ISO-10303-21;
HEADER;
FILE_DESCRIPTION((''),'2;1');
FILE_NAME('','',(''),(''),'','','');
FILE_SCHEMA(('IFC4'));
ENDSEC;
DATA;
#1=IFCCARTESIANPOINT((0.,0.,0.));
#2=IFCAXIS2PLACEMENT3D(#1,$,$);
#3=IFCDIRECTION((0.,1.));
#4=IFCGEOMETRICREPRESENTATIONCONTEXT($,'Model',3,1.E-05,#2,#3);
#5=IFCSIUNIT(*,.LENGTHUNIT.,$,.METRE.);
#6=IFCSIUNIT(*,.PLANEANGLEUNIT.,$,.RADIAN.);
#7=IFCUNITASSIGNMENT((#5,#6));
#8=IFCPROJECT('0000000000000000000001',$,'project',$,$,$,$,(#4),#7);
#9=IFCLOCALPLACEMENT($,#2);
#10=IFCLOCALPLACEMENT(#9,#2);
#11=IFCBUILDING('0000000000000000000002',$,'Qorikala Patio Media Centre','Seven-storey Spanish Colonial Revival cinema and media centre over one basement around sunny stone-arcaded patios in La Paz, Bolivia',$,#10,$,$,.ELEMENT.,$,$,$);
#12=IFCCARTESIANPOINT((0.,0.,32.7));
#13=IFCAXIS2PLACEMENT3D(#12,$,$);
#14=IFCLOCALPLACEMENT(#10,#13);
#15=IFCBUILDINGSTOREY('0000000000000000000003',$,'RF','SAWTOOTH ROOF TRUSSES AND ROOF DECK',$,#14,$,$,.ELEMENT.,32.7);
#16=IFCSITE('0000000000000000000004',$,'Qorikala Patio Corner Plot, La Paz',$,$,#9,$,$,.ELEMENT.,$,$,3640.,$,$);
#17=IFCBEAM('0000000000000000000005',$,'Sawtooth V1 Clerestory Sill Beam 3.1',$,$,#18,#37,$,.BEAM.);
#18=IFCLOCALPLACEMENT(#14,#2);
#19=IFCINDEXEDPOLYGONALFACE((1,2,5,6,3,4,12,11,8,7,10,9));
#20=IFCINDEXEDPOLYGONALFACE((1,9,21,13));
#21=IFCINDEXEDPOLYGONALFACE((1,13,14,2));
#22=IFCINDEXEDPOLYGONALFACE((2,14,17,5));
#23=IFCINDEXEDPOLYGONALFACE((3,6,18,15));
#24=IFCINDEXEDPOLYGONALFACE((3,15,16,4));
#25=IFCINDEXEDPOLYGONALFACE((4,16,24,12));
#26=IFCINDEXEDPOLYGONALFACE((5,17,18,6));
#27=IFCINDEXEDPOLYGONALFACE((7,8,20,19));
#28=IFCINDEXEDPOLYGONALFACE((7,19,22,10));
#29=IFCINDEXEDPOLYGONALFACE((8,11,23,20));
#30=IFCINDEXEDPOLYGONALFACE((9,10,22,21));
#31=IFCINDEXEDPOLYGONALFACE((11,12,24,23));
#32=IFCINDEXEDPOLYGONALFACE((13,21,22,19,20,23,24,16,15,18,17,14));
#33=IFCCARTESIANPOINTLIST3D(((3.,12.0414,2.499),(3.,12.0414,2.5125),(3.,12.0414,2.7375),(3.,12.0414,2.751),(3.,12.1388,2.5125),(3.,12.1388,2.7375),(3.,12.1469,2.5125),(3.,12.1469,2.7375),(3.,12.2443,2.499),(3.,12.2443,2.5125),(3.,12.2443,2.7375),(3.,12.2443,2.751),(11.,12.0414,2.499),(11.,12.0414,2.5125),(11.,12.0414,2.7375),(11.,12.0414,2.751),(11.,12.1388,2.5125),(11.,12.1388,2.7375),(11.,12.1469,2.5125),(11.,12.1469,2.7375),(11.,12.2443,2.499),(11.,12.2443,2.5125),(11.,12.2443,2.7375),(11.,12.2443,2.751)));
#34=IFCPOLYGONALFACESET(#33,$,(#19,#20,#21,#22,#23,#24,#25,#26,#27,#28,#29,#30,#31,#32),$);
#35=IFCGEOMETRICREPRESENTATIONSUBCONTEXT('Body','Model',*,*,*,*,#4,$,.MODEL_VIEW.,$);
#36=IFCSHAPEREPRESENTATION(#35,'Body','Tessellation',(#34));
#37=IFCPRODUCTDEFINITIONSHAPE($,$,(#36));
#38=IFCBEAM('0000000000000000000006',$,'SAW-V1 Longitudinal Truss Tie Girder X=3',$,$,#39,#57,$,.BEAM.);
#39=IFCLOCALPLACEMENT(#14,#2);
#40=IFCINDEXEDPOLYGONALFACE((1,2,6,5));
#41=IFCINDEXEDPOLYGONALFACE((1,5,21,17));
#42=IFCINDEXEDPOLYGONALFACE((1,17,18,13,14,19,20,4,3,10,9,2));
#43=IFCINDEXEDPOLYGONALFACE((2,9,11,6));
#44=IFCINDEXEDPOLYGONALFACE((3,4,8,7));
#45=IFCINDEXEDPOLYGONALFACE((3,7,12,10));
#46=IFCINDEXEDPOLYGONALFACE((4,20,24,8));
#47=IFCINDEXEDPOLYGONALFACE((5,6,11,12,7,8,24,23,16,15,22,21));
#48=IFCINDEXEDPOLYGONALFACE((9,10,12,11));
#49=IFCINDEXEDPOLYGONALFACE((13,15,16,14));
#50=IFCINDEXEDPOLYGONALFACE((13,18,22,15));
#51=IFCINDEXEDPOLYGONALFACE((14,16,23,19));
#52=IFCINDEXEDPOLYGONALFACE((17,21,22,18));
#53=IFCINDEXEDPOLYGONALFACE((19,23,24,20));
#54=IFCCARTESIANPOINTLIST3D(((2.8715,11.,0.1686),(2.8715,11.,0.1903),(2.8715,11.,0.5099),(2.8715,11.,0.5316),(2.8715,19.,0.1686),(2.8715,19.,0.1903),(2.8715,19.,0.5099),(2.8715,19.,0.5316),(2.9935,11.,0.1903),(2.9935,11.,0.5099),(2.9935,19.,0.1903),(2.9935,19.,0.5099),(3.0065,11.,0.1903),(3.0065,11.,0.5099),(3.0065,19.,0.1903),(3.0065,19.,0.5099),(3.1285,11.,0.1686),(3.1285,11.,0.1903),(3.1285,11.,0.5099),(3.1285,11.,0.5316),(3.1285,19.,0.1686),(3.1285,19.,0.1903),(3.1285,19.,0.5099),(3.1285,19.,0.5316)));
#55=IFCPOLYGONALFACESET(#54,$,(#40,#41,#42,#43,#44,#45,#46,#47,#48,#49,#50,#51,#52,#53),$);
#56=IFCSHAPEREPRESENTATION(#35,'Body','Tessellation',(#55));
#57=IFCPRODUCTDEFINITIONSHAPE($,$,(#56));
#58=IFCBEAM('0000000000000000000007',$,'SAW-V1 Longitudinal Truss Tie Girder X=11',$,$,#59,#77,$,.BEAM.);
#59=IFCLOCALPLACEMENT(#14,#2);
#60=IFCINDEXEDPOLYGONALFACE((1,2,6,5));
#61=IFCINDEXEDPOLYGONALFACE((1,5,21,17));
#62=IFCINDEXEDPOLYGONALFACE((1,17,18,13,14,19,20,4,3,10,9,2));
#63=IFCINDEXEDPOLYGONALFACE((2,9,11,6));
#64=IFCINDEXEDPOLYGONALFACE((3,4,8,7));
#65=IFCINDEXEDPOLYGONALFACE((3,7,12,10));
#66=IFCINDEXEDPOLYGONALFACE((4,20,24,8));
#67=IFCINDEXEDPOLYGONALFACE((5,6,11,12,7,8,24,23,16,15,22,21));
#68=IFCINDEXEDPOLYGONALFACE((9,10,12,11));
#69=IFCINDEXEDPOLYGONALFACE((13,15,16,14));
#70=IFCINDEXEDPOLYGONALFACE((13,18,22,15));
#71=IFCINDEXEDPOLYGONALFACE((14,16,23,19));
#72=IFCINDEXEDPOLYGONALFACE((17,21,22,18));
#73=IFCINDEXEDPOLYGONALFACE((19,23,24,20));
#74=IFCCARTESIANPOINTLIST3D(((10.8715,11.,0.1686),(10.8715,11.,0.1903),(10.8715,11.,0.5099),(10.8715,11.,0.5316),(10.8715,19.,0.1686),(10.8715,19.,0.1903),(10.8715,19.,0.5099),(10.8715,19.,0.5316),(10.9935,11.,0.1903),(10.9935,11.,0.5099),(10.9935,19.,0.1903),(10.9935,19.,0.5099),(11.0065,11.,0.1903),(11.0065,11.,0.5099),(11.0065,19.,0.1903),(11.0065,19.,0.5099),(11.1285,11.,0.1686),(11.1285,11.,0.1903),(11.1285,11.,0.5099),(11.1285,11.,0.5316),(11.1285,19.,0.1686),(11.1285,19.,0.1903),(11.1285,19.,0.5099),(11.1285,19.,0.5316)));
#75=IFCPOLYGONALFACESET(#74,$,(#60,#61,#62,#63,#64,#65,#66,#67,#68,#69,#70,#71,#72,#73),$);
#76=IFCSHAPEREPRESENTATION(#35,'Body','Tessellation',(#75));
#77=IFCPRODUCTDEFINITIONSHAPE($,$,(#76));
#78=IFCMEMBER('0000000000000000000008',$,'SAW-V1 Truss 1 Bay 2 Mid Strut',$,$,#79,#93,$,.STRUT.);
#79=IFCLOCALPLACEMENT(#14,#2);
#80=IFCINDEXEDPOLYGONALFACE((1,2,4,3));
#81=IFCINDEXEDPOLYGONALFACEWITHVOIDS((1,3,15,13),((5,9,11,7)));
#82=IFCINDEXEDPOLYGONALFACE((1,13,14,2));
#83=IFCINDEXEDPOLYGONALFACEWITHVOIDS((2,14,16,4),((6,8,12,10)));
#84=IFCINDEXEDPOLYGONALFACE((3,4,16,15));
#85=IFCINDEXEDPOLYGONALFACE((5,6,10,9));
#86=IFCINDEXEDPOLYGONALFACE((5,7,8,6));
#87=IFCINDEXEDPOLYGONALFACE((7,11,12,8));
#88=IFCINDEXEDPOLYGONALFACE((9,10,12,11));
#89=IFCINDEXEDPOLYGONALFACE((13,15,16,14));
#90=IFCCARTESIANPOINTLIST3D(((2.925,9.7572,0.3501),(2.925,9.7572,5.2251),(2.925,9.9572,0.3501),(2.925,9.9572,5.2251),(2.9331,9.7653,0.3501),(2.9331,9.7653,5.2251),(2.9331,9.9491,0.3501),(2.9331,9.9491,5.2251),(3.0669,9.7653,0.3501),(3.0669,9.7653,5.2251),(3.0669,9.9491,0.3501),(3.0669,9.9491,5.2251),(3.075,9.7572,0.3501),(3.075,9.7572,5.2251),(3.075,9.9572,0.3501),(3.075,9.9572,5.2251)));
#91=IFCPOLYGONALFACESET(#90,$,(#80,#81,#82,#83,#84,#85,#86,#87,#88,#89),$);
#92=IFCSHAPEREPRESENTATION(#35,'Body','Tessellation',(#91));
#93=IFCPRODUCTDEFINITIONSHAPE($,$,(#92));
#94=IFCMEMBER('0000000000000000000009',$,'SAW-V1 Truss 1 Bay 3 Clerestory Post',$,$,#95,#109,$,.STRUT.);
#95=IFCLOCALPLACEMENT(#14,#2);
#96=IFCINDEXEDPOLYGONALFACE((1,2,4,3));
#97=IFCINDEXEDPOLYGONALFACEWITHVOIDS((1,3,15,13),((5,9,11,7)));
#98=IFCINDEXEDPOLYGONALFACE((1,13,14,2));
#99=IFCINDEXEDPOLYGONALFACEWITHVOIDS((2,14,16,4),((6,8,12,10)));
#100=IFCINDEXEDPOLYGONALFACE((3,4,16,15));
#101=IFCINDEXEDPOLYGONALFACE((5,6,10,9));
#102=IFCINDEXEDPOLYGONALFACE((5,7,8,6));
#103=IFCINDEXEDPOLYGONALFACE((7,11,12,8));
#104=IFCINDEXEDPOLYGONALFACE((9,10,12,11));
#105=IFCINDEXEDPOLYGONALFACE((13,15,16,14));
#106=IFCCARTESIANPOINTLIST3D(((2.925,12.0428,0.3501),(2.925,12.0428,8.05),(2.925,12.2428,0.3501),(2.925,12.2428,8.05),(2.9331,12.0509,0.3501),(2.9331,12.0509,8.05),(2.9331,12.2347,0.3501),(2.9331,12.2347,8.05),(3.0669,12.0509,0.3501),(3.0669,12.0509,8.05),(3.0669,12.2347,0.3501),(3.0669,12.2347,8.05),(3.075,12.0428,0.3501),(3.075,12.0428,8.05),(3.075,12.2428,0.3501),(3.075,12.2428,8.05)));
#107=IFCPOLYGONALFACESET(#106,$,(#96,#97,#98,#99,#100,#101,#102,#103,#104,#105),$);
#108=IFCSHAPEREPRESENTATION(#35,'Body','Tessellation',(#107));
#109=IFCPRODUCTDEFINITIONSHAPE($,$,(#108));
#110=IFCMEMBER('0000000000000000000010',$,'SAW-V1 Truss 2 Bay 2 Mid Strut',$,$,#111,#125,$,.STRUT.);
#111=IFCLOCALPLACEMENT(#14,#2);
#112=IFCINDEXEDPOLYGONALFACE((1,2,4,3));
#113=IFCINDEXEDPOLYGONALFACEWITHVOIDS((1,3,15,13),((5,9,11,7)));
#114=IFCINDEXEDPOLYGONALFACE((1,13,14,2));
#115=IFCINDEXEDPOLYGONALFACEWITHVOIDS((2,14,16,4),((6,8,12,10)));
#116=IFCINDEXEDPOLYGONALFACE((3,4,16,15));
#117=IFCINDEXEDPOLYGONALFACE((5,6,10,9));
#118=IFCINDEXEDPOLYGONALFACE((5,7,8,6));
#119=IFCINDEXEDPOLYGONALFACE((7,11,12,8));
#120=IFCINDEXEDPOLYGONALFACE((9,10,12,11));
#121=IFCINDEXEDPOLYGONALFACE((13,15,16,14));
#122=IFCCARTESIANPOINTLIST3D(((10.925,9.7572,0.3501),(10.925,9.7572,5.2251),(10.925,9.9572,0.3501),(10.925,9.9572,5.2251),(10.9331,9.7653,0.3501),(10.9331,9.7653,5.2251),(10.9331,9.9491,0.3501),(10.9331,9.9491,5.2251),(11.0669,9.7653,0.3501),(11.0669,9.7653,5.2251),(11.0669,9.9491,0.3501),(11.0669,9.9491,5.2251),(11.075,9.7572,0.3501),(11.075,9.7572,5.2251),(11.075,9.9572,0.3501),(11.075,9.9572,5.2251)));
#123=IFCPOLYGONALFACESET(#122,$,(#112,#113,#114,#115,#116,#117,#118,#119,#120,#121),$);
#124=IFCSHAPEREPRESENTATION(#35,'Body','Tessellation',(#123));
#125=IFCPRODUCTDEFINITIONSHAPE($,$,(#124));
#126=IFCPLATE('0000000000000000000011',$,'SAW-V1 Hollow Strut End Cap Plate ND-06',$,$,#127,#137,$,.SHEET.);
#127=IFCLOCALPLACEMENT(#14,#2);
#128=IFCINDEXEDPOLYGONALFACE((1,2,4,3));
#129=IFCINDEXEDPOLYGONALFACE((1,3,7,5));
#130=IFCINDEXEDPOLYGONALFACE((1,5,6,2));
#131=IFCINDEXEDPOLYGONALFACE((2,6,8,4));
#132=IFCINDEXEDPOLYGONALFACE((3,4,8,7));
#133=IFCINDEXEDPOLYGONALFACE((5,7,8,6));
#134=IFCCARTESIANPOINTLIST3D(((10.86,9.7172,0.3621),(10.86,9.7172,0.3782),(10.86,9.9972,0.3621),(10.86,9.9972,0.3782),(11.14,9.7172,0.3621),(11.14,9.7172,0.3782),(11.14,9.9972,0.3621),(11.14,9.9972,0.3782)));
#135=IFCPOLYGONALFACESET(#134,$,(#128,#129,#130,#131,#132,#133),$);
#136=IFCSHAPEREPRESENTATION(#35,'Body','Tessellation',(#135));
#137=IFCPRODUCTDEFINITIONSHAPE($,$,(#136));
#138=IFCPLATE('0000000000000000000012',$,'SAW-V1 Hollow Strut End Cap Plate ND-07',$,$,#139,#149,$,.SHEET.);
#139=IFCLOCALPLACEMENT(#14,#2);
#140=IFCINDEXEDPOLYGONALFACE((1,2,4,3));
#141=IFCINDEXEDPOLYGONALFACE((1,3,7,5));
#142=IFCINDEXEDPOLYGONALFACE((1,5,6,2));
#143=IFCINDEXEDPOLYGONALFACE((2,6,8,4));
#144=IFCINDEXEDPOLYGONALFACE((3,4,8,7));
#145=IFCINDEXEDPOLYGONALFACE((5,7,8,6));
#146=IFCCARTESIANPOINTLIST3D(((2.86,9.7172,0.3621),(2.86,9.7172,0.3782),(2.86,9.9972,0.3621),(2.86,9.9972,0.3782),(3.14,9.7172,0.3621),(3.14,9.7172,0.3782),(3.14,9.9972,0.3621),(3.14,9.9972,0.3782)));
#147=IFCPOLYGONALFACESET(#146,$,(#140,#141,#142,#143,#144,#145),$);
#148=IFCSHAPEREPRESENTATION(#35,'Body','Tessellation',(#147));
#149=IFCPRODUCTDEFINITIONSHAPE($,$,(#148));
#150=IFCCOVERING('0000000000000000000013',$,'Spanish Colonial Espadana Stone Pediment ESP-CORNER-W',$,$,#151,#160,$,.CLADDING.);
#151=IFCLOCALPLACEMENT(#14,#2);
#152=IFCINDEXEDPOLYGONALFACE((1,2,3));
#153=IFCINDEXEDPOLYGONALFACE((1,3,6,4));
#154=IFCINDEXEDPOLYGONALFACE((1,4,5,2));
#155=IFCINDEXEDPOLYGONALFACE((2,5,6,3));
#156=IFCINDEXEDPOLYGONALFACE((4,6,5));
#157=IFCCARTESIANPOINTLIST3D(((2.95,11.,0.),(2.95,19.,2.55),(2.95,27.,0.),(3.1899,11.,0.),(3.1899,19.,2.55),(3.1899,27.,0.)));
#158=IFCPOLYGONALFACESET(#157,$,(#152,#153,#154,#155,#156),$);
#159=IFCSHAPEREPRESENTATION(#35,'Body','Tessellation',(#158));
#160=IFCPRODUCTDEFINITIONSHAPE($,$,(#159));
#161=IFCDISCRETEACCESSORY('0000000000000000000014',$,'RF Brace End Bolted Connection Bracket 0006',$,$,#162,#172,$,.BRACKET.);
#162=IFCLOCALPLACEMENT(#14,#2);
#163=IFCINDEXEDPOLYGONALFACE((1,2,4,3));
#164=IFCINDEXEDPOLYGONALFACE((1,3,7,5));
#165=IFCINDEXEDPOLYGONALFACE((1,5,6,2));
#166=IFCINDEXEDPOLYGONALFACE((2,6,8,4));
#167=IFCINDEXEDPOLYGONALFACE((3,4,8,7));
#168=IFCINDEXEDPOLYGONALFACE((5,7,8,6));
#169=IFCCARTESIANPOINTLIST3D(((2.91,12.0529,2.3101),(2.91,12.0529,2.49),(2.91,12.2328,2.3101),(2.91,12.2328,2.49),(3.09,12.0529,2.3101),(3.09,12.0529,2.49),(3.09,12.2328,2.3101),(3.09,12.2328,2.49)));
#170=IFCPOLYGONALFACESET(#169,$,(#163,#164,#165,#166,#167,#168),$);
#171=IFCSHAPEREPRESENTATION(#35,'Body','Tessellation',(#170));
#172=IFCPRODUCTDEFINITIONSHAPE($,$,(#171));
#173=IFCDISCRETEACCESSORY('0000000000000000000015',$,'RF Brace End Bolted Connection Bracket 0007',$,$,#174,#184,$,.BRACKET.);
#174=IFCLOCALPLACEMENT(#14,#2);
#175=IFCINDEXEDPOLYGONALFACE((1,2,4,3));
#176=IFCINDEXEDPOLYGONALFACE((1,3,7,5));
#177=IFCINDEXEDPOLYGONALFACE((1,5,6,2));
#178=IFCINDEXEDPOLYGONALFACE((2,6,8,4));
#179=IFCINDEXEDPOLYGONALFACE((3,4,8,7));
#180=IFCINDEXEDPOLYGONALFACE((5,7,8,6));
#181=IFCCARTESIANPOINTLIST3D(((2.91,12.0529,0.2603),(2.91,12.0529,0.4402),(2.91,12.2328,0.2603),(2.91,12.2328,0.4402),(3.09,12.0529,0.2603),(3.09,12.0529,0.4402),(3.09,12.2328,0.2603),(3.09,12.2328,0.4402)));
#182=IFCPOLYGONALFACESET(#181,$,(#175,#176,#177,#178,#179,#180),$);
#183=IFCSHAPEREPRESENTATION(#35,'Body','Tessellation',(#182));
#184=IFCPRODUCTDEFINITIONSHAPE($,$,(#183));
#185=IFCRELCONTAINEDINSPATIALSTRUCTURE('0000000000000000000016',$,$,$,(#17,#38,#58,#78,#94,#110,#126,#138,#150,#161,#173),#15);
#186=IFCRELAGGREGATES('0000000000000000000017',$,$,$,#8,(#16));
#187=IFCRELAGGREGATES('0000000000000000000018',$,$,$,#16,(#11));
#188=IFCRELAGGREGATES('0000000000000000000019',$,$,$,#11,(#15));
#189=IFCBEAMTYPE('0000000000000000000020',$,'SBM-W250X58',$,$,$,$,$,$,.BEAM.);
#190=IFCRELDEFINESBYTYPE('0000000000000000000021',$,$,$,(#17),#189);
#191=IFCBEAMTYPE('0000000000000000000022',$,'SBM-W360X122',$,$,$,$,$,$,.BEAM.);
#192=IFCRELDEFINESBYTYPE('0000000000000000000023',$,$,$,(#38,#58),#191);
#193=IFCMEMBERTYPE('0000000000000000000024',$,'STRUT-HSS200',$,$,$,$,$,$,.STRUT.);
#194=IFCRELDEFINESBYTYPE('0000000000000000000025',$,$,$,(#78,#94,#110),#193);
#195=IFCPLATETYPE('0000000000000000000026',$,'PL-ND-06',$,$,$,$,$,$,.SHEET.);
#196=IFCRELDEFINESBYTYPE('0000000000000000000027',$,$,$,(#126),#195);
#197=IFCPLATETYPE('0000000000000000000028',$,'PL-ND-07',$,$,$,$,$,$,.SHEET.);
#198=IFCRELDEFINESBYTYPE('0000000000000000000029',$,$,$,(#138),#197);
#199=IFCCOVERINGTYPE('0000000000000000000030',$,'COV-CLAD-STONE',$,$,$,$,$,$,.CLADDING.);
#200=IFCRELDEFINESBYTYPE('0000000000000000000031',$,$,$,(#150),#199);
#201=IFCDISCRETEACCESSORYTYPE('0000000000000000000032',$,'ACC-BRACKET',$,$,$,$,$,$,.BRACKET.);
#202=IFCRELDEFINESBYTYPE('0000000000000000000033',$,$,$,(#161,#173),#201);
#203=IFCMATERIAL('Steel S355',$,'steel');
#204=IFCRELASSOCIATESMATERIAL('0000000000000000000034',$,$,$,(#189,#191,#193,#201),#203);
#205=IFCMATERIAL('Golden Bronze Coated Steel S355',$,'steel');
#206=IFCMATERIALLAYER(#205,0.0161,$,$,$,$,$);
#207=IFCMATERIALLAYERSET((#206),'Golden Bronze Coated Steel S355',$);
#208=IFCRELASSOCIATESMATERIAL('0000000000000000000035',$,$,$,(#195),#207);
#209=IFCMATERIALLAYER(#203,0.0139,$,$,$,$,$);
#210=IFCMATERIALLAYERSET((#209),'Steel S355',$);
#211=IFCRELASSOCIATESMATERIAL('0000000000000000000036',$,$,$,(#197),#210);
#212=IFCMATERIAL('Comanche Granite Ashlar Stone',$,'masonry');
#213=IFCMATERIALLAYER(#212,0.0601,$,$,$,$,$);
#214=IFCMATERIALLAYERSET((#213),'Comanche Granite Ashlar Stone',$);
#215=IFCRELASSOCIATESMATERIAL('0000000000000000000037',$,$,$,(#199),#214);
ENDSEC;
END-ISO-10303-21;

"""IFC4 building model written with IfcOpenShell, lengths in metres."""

from ifc_helpers import new_model, si_unit, direction, frame, origin, origin_2d, place, context, subcontext, project, spatial, polyline, rectangle, hollow_rectangle, i_section, outline, extrude, material, layer, layer_set, material_profile, profile_set, type_object, element, save


model = new_model("IFC4")

# Units and contexts
model_context = context("Model", 3, precision=1e-05, world=origin(), true_north=direction((0.0, 1.0)))
body_context = subcontext(model_context, "Body", "Model", "MODEL_VIEW")
ifc_project = project(units=[si_unit("LENGTHUNIT", "METRE"), si_unit("PLANEANGLEUNIT", "RADIAN")], contexts=[model_context])

# Site, building, storey
site_placement = place(None, origin())
site = spatial("IfcSite", under=ifc_project, at=site_placement, Name="Qorikala Patio Corner Plot, La Paz", CompositionType="ELEMENT", RefElevation=3640.0)
building_placement = place(site_placement, origin())
building = spatial("IfcBuilding", under=site, at=building_placement, Name="Qorikala Patio Media Centre", Description="Seven-storey Spanish Colonial Revival cinema and media centre over one basement around sunny stone-arcaded patios in La Paz, Bolivia", CompositionType="ELEMENT")
storey_placement = place(building_placement, frame((0.0, 0.0, 32.7)))
storey = spatial("IfcBuildingStorey", under=building, at=storey_placement, Name="RF", Description="SAWTOOTH ROOF TRUSSES AND ROOF DECK", CompositionType="ELEMENT", Elevation=32.7)

# Shared definitions
ifc_material_1 = material(Name="Steel S355", Category="steel")

# Beams
ifc_material_profile_1 = material_profile(ifc_material_1, i_section(OverallWidth=0.2029, OverallDepth=0.252, WebThickness=0.0081, FlangeThickness=0.0134, at=origin_2d()), Name="W250X58")
ifc_profile_set_1 = profile_set([ifc_material_profile_1], Name="Steel S355")
beam_type_1 = type_object("IfcBeamType", Name="SBM-W250X58", PredefinedType="BEAM", material=ifc_profile_set_1)
for number, where, z_axis, x_axis, name in (
    (1, (3.0, 12.1428, 2.625), (1.0, 0.0, 0.0), (0.0, 1.0, 0.0), "Sawtooth V1 Clerestory Sill Beam 3.1"),
):
    element("IfcBeam", number, at=place(storey_placement, frame(where, z_axis=z_axis, x_axis=x_axis)), inside=storey, type_object=beam_type_1, Name=name, PredefinedType="BEAM", context=body_context, shape_type="SweptSolid", body=[
        extrude(i_section(OverallWidth=0.2029, OverallDepth=0.252, WebThickness=0.0081, FlangeThickness=0.0134, at=origin_2d()), origin(), (0.0, 0.0, 1.0), 8.0),
    ])
ifc_material_profile_2 = material_profile(ifc_material_1, i_section(OverallWidth=0.2571, OverallDepth=0.363, WebThickness=0.0129, FlangeThickness=0.0217, at=origin_2d()), Name="W360X122")
ifc_profile_set_2 = profile_set([ifc_material_profile_2], Name="Steel S355")
beam_type_2 = type_object("IfcBeamType", Name="SBM-W360X122", PredefinedType="BEAM", material=ifc_profile_set_2)
for number, where, z_axis, x_axis, name in (
    (2, (3.0, 11.0, 0.3501), (0.0, 1.0, 0.0), (-1.0, 0.0, 0.0), "SAW-V1 Longitudinal Truss Tie Girder X=3"),
    (3, (11.0, 11.0, 0.3501), (0.0, 1.0, 0.0), (-1.0, 0.0, 0.0), "SAW-V1 Longitudinal Truss Tie Girder X=11"),
):
    element("IfcBeam", number, at=place(storey_placement, frame(where, z_axis=z_axis, x_axis=x_axis)), inside=storey, type_object=beam_type_2, Name=name, PredefinedType="BEAM", context=body_context, shape_type="SweptSolid", body=[
        extrude(i_section(OverallWidth=0.2571, OverallDepth=0.363, WebThickness=0.0129, FlangeThickness=0.0217, at=origin_2d()), origin(), (0.0, 0.0, 1.0), 8.0),
    ])

# Members
ifc_material_profile_3 = material_profile(ifc_material_1, hollow_rectangle(XDim=0.1499, YDim=0.2, WallThickness=0.0081, at=origin_2d()), Name="HSS200X150X8")
ifc_profile_set_3 = profile_set([ifc_material_profile_3], Name="Steel S355")
member_type_1 = type_object("IfcMemberType", Name="STRUT-HSS200", PredefinedType="STRUT", material=ifc_profile_set_3)
member_1_placement = place(storey_placement, frame((3.0, 9.8572, 0.3501), z_axis=(0.0, 0.0, 1.0), x_axis=(1.0, 0.0, 0.0)))
element("IfcMember", 4, at=member_1_placement, inside=storey, type_object=member_type_1, Name="SAW-V1 Truss 1 Bay 2 Mid Strut", PredefinedType="STRUT", context=body_context, shape_type="SweptSolid", body=[
    extrude(hollow_rectangle(XDim=0.1499, YDim=0.2, WallThickness=0.0081, at=origin_2d()), origin(), (0.0, 0.0, 1.0), 4.875),
])
member_2_placement = place(storey_placement, frame((3.0, 12.1428, 0.3501), z_axis=(0.0, 0.0, 1.0), x_axis=(1.0, 0.0, 0.0)))
element("IfcMember", 5, at=member_2_placement, inside=storey, type_object=member_type_1, Name="SAW-V1 Truss 1 Bay 3 Clerestory Post", PredefinedType="STRUT", context=body_context, shape_type="SweptSolid", body=[
    extrude(hollow_rectangle(XDim=0.1499, YDim=0.2, WallThickness=0.0081, at=origin_2d()), origin(), (0.0, 0.0, 1.0), 7.7),
])
member_3_placement = place(storey_placement, frame((11.0, 9.8572, 0.3501), z_axis=(0.0, 0.0, 1.0), x_axis=(1.0, 0.0, 0.0)))
element("IfcMember", 6, at=member_3_placement, inside=storey, type_object=member_type_1, Name="SAW-V1 Truss 2 Bay 2 Mid Strut", PredefinedType="STRUT", context=body_context, shape_type="SweptSolid", body=[
    extrude(hollow_rectangle(XDim=0.1499, YDim=0.2, WallThickness=0.0081, at=origin_2d()), origin(), (0.0, 0.0, 1.0), 4.875),
])

# Plates
ifc_material_2 = material(Name="Golden Bronze Coated Steel S355", Category="steel")
ifc_layer_1 = layer(ifc_material_2, 0.0161)
ifc_layer_set_1 = layer_set([ifc_layer_1], Name="Golden Bronze Coated Steel S355")
plate_type_1 = type_object("IfcPlateType", Name="PL-ND-06", PredefinedType="SHEET", material=ifc_layer_set_1)
plate_1_placement = place(storey_placement, frame((11.0, 9.8572, 0.3621), z_axis=(0.0, 0.0, 1.0), x_axis=(1.0, 0.0, 0.0)))
element("IfcPlate", 7, at=plate_1_placement, inside=storey, type_object=plate_type_1, Name="SAW-V1 Hollow Strut End Cap Plate ND-06", PredefinedType="SHEET", context=body_context, shape_type="SweptSolid", body=[
    extrude(rectangle(XDim=0.28, YDim=0.28, at=origin_2d()), origin(), (0.0, 0.0, 1.0), 0.0161),
])
ifc_layer_2 = layer(ifc_material_1, 0.0139)
ifc_layer_set_2 = layer_set([ifc_layer_2], Name="Steel S355")
plate_type_2 = type_object("IfcPlateType", Name="PL-ND-07", PredefinedType="SHEET", material=ifc_layer_set_2)
plate_2_placement = place(storey_placement, frame((3.0, 9.8572, 0.3621), z_axis=(0.0, 0.0, 1.0), x_axis=(1.0, 0.0, 0.0)))
element("IfcPlate", 8, at=plate_2_placement, inside=storey, type_object=plate_type_2, Name="SAW-V1 Hollow Strut End Cap Plate ND-07", PredefinedType="SHEET", context=body_context, shape_type="SweptSolid", body=[
    extrude(rectangle(XDim=0.28, YDim=0.28, at=origin_2d()), origin(), (0.0, 0.0, 1.0), 0.0161),
])

# Covering
ifc_material_3 = material(Name="Comanche Granite Ashlar Stone", Category="masonry")
ifc_layer_3 = layer(ifc_material_3, 0.0601)
ifc_layer_set_3 = layer_set([ifc_layer_3], Name="Comanche Granite Ashlar Stone")
covering_type = type_object("IfcCoveringType", Name="COV-CLAD-STONE", PredefinedType="CLADDING", material=ifc_layer_set_3)
covering_placement = place(storey_placement, frame((3.1899, 11.0, 0.0), z_axis=(1.0, 0.0, 0.0), x_axis=(0.0, 1.0, 0.0)))
element("IfcCovering", 9, at=covering_placement, inside=storey, type_object=covering_type, Name="Spanish Colonial Espadana Stone Pediment ESP-CORNER-W", PredefinedType="CLADDING", context=body_context, shape_type="SweptSolid", body=[
    extrude(outline(polyline([(0.0, 0.0), (16.0, 0.0), (8.0, 2.55), (0.0, 0.0)])), origin(), (0.0, 0.0, -1.0), 0.24),
])

# Discrete accessories
discrete_accessory_type = type_object("IfcDiscreteAccessoryType", Name="ACC-BRACKET", PredefinedType="BRACKET", material=ifc_material_1)
for number, where, z_axis, x_axis, name in (
    (10, (3.0, 12.1428, 2.3101), (0.0, 0.0, 1.0), (1.0, 0.0, 0.0), "RF Brace End Bolted Connection Bracket 0006"),
    (11, (3.0, 12.1428, 0.2603), (0.0, 0.0, 1.0), (1.0, 0.0, 0.0), "RF Brace End Bolted Connection Bracket 0007"),
):
    element("IfcDiscreteAccessory", number, at=place(storey_placement, frame(where, z_axis=z_axis, x_axis=x_axis)), inside=storey, type_object=discrete_accessory_type, Name=name, PredefinedType="BRACKET", context=body_context, shape_type="SweptSolid", body=[
        extrude(rectangle(XDim=0.1799, YDim=0.1799, at=origin_2d()), origin(), (0.0, 0.0, 1.0), 0.1799),
    ])

save(model, "model.ifc")
